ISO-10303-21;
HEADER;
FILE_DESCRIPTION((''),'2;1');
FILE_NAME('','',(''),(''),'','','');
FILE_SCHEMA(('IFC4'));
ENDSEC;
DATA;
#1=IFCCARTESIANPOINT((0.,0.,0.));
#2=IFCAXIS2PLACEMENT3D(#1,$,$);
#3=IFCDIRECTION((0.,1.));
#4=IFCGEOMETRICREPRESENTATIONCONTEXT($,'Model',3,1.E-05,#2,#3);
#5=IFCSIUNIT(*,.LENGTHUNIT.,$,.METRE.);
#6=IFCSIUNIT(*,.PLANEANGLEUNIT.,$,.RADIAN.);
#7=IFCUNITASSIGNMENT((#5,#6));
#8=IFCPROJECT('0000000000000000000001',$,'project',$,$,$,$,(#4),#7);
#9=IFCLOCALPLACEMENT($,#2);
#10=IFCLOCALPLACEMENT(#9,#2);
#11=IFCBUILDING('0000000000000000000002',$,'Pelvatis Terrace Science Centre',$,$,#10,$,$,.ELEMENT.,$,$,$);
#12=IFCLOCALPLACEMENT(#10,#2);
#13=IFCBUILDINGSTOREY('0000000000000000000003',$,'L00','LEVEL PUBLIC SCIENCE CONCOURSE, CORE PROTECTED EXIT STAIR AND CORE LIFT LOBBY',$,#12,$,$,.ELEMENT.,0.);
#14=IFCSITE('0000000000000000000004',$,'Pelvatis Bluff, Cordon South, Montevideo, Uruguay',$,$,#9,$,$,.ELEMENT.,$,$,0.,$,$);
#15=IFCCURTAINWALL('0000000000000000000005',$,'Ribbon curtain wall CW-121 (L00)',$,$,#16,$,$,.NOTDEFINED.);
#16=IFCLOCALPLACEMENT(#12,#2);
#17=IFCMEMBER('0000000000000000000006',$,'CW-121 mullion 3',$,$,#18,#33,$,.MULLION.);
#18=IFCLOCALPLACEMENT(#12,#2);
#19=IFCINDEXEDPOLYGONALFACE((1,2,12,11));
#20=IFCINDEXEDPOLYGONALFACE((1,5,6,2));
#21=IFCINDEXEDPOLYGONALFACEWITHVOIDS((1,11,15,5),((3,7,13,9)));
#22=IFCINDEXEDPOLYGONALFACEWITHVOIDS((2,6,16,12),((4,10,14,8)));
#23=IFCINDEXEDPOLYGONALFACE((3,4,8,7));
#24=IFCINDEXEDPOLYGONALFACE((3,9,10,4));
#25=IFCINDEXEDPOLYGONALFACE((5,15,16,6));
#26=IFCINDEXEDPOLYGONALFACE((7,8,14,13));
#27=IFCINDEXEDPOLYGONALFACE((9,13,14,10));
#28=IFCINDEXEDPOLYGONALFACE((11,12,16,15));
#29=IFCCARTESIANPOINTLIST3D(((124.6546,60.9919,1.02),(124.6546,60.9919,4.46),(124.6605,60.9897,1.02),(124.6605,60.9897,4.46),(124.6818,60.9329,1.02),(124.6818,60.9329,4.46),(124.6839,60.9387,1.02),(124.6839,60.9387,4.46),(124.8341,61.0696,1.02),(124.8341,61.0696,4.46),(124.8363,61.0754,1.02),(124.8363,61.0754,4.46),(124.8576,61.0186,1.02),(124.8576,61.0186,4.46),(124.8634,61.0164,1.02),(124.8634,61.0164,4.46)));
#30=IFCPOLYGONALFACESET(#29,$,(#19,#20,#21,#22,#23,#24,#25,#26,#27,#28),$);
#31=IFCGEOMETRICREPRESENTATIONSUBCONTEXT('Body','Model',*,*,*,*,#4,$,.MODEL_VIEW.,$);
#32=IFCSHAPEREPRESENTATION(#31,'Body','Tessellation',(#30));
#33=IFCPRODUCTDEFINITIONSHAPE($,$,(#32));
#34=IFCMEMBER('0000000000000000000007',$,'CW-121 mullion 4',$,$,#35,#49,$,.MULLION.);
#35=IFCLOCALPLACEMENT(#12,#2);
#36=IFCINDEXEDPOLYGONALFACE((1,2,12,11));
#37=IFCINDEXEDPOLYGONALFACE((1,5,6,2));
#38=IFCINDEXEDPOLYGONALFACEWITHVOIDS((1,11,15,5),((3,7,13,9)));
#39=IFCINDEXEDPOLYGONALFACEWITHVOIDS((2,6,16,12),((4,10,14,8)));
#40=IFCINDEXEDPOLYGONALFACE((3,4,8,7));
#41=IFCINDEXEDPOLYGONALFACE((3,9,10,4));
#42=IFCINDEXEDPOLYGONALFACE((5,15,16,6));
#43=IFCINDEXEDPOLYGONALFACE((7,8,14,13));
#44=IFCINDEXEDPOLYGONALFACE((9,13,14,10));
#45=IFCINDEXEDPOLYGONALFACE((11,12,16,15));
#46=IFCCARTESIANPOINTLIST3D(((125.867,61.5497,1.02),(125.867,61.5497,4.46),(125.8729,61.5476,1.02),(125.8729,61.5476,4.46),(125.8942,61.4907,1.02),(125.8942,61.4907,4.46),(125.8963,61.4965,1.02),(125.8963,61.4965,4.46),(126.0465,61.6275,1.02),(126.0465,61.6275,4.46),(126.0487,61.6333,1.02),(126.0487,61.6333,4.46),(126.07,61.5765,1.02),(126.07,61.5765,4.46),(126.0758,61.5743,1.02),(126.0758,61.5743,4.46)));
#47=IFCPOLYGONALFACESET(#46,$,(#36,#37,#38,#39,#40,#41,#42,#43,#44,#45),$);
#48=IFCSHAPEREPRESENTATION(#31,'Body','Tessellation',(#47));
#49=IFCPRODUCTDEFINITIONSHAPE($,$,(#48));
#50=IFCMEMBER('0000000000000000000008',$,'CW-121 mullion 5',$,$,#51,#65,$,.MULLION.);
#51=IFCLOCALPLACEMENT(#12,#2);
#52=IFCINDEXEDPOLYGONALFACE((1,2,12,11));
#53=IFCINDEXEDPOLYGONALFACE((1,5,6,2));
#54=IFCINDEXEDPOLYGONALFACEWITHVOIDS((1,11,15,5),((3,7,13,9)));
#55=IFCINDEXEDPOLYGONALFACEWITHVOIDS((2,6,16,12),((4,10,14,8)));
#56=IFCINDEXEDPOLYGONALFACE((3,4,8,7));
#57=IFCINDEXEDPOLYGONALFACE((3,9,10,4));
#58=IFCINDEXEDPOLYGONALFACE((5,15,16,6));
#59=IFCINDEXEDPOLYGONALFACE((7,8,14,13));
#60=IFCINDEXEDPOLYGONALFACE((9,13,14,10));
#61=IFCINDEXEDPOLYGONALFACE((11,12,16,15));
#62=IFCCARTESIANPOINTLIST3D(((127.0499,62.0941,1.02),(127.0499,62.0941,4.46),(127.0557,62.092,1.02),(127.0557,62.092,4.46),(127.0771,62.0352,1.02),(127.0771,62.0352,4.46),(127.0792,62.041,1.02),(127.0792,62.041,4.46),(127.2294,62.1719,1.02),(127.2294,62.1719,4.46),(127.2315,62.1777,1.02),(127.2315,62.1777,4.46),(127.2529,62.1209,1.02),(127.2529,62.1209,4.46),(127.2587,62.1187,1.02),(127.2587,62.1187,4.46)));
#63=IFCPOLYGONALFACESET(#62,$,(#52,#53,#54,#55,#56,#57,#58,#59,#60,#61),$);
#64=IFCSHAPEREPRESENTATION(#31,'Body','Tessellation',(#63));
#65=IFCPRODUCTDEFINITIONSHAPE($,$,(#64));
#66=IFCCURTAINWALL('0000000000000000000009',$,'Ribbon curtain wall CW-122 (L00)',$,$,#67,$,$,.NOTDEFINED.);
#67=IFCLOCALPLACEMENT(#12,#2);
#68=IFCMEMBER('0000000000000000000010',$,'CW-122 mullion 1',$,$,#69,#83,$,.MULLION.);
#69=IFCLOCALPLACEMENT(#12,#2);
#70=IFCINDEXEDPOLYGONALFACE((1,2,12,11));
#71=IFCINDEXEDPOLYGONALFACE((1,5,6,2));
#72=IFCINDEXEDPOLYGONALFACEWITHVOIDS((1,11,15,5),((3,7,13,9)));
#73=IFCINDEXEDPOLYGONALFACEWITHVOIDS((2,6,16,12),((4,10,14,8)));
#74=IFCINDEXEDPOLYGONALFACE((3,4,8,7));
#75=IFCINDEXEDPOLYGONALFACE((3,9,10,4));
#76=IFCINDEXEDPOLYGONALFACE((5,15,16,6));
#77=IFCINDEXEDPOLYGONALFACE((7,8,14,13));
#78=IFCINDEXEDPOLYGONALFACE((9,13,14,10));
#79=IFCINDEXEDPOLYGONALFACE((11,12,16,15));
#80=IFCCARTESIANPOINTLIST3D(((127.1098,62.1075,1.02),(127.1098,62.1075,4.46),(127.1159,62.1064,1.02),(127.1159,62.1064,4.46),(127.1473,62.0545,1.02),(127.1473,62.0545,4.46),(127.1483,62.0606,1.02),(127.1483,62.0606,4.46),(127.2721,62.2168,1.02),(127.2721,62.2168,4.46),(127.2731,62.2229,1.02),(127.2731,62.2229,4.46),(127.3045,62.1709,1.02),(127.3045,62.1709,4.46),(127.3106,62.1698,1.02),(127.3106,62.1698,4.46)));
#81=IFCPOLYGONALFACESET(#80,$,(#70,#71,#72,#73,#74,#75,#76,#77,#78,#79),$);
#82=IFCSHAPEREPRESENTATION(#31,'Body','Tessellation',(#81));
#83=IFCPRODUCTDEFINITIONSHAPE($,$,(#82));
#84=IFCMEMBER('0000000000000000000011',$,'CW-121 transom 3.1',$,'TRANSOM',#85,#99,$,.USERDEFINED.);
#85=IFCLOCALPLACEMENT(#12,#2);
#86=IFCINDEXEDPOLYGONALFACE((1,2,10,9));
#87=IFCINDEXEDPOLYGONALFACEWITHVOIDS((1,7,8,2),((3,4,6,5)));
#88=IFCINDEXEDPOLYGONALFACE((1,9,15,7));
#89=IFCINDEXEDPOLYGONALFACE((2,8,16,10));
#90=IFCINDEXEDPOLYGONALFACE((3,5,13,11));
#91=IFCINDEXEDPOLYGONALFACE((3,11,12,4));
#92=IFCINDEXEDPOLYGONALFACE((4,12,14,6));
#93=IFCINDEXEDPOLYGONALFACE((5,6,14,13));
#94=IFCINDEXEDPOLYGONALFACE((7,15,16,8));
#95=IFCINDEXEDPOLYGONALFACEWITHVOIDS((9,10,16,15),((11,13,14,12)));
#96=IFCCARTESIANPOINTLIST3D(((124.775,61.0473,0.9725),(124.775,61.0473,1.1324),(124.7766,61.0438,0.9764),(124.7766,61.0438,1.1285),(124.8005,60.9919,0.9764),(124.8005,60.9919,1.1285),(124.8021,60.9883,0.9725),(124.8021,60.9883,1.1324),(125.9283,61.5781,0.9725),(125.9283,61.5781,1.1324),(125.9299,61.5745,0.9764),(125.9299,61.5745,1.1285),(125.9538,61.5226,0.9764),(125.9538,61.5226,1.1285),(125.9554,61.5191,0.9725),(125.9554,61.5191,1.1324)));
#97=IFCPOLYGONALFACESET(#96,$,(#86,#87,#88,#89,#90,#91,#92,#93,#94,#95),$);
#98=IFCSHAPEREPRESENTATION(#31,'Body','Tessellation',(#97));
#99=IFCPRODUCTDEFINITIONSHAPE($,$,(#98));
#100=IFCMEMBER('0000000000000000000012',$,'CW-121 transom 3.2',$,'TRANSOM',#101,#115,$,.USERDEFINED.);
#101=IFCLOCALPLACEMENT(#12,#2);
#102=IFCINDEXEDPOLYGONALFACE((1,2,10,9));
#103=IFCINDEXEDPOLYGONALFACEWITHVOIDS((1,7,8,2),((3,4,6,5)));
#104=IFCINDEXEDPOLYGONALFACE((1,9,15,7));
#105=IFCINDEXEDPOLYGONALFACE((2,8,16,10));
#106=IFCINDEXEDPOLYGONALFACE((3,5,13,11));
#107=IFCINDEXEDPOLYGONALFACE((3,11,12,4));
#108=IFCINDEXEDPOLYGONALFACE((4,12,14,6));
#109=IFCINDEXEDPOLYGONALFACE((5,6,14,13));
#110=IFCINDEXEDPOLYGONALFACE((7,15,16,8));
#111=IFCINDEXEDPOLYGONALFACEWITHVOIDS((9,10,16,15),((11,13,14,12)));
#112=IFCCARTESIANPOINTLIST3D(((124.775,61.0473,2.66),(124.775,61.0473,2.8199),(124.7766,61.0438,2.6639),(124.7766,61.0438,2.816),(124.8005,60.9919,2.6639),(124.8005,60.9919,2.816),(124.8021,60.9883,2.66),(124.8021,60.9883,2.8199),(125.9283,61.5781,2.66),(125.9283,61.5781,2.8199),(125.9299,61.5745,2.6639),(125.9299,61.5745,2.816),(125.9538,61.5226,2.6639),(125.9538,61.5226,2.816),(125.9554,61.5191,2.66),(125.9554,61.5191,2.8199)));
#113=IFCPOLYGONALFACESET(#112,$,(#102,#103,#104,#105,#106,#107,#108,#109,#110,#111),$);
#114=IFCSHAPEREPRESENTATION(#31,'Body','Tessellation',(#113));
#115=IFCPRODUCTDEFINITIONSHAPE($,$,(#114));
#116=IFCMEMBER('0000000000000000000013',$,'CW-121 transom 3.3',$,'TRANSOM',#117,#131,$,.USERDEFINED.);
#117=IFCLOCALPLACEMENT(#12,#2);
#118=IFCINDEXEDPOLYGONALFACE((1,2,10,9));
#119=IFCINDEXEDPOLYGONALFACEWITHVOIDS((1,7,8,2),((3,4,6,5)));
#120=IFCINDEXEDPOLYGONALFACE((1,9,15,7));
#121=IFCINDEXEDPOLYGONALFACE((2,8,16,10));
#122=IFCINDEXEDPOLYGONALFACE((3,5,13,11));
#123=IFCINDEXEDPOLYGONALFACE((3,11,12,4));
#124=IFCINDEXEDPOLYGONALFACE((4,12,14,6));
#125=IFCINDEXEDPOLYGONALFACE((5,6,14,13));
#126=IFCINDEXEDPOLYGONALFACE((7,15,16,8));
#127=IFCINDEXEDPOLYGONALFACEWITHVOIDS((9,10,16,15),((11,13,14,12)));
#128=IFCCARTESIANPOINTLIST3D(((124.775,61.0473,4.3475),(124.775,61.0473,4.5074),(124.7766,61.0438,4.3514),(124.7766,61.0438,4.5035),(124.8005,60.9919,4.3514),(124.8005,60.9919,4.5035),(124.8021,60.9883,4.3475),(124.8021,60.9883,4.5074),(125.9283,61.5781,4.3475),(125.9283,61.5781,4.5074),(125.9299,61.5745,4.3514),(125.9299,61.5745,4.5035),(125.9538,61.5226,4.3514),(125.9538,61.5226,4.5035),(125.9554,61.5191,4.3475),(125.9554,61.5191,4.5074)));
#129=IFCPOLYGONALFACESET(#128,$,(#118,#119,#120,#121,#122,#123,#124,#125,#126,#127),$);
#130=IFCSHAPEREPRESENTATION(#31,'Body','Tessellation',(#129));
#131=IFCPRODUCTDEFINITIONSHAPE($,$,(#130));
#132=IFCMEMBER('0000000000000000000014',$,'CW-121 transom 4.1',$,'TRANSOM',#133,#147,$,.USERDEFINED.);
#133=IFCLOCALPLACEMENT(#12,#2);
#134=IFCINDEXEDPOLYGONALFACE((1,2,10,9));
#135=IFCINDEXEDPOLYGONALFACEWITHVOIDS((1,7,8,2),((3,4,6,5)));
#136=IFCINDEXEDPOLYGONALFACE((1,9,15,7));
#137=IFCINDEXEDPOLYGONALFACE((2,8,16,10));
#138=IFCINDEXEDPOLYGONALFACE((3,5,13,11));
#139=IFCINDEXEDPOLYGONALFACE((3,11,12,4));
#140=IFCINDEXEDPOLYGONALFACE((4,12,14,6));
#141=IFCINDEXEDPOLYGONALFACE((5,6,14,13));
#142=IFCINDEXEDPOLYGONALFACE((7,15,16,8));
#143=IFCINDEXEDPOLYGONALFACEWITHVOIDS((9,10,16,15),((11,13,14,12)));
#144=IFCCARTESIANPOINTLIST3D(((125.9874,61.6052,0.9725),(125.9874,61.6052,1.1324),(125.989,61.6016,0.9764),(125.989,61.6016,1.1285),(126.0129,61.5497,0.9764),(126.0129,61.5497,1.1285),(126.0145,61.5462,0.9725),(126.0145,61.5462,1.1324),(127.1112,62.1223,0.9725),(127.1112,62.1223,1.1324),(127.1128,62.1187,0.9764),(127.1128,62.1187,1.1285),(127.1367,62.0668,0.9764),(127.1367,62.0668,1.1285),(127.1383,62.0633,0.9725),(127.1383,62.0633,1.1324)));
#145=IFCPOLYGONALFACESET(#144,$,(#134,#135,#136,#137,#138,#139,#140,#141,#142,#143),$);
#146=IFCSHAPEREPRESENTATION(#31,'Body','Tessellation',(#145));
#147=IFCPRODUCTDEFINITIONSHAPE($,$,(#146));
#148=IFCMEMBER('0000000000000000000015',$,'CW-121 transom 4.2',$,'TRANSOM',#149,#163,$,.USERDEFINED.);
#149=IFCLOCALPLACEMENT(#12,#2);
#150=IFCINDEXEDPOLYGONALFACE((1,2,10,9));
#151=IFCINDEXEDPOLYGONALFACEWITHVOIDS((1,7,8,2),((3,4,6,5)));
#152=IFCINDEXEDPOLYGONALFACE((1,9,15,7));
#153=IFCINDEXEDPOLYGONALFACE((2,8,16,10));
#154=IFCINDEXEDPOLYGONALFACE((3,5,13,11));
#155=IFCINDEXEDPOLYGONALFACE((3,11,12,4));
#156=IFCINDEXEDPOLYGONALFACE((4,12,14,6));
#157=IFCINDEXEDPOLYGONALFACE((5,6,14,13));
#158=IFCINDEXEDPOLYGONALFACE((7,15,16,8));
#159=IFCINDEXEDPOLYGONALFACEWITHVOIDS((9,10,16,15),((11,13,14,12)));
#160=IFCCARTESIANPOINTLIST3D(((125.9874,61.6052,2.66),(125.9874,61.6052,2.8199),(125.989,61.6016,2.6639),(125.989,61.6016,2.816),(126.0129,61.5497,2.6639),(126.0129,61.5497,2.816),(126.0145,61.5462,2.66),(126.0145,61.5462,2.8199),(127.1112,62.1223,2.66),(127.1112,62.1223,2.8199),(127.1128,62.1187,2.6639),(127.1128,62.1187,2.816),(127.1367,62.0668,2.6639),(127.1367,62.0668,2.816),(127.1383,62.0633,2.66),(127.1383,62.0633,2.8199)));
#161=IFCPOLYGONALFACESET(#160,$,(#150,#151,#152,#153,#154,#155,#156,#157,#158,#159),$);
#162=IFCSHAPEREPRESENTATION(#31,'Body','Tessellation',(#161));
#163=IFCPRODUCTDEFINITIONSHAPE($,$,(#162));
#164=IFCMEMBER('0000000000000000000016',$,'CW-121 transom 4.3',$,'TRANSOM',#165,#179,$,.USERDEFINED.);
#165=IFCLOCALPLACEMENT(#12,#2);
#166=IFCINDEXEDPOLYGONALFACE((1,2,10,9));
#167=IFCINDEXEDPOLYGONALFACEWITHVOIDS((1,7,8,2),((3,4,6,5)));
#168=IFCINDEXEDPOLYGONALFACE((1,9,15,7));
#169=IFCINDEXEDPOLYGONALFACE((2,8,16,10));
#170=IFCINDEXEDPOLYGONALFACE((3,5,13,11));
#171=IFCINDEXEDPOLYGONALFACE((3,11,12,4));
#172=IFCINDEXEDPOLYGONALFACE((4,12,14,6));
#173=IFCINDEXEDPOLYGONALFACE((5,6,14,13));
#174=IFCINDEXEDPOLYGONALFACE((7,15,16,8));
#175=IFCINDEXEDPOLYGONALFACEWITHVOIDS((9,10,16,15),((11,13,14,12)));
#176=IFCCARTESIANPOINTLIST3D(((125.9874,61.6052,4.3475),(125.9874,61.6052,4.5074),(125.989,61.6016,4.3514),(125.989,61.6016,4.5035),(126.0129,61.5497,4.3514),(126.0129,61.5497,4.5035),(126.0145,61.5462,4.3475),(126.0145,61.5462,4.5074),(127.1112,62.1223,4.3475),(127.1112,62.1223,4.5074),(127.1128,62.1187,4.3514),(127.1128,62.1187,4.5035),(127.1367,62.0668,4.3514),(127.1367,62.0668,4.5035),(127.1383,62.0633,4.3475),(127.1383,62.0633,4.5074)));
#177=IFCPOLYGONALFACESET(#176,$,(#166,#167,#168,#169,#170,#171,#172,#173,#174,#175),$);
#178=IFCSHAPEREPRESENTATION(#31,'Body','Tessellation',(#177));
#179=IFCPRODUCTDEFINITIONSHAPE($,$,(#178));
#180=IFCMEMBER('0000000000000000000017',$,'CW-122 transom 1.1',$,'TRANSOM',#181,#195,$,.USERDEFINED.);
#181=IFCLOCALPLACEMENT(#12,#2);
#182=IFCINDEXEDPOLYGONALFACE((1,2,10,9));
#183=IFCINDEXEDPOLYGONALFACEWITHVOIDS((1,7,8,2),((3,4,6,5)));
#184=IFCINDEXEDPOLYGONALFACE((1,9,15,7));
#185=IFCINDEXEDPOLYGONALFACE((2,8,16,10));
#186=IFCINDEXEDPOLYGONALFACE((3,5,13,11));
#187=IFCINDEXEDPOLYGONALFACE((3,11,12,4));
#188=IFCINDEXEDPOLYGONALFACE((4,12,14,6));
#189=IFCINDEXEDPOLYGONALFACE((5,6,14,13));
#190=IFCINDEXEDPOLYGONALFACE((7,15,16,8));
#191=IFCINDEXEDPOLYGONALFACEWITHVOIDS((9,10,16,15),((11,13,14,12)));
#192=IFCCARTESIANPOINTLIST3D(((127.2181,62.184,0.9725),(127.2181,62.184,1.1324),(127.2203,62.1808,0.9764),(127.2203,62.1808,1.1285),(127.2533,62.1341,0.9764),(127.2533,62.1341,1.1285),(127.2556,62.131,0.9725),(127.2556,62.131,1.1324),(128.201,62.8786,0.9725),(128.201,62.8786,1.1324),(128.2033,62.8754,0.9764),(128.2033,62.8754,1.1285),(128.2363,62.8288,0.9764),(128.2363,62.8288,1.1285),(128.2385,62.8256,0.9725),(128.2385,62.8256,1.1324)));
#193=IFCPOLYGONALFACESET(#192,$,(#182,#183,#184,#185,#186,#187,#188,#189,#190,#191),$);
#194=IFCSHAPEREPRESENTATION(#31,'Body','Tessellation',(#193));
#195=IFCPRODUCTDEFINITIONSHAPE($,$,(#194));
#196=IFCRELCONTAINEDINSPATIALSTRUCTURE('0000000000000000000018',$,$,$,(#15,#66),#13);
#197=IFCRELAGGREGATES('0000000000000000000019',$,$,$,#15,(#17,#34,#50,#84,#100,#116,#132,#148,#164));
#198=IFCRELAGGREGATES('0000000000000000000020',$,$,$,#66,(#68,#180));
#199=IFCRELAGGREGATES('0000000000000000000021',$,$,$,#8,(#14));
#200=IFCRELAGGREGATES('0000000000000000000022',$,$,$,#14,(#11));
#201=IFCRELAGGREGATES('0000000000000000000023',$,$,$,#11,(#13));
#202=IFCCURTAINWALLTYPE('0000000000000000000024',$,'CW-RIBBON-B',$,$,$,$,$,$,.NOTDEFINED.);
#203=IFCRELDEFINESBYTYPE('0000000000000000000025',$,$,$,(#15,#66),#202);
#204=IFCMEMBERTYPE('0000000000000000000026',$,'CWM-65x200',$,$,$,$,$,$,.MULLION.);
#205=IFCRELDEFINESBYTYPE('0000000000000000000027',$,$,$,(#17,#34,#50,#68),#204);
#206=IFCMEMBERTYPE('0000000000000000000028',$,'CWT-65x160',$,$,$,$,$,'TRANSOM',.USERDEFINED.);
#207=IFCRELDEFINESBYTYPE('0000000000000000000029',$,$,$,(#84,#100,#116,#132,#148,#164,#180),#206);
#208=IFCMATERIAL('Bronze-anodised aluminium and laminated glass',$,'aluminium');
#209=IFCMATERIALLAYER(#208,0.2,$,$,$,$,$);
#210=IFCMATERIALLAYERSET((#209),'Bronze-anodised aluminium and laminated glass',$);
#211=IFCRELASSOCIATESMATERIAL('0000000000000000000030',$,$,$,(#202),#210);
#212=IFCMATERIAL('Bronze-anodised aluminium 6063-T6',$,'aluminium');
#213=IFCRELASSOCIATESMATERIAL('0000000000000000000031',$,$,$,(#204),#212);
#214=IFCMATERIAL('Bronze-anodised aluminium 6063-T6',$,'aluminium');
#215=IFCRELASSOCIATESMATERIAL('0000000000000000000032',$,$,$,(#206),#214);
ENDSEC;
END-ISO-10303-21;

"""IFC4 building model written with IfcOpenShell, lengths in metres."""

from ifc_helpers import new_model, si_unit, direction, frame, origin, origin_2d, place, context, subcontext, project, spatial, hollow_rectangle, extrude, material, layer, layer_set, material_profile, profile_set, type_object, element, aggregate, save


model = new_model("IFC4")

# Units and contexts
model_context = context("Model", 3, precision=1e-05, world=origin(), true_north=direction((0.0, 1.0)))
body_context = subcontext(model_context, "Body", "Model", "MODEL_VIEW")
ifc_project = project(units=[si_unit("LENGTHUNIT", "METRE"), si_unit("PLANEANGLEUNIT", "RADIAN")], contexts=[model_context])

# Site, building, storey
site_placement = place(None, origin())
site = spatial("IfcSite", under=ifc_project, at=site_placement, Name="Pelvatis Bluff, Cordon South, Montevideo, Uruguay", CompositionType="ELEMENT", RefElevation=0.0)
building_placement = place(site_placement, origin())
building = spatial("IfcBuilding", under=site, at=building_placement, Name="Pelvatis Terrace Science Centre", CompositionType="ELEMENT")
storey_placement = place(building_placement, origin())
storey = spatial("IfcBuildingStorey", under=building, at=storey_placement, Name="L00", Description="LEVEL PUBLIC SCIENCE CONCOURSE, CORE PROTECTED EXIT STAIR AND CORE LIFT LOBBY", CompositionType="ELEMENT", Elevation=0.0)

# Curtain wall, members
ifc_material_1 = material(Name="Bronze-anodised aluminium and laminated glass", Category="aluminium")
ifc_layer_1 = layer(ifc_material_1, 0.2)
ifc_layer_set_1 = layer_set([ifc_layer_1], Name="Bronze-anodised aluminium and laminated glass")
curtain_wall_type = type_object("IfcCurtainWallType", Name="CW-RIBBON-B", PredefinedType="NOTDEFINED", material=ifc_layer_set_1)
curtain_wall_1_placement = place(storey_placement, origin())
curtain_wall_1 = element("IfcCurtainWall", 1, at=curtain_wall_1_placement, inside=storey, type_object=curtain_wall_type, Name="Ribbon curtain wall CW-121 (L00)", PredefinedType="NOTDEFINED")
ifc_material_2 = material(Name="Bronze-anodised aluminium 6063-T6", Category="aluminium")
ifc_material_profile_1 = material_profile(ifc_material_2, hollow_rectangle(XDim=0.0649, YDim=0.2, WallThickness=0.0044, at=origin_2d()), Name="ALU-MUL 65x200")
ifc_profile_set_1 = profile_set([ifc_material_profile_1], Name="Bronze-anodised aluminium 6063-T6")
member_type_1 = type_object("IfcMemberType", Name="CWM-65x200", PredefinedType="MULLION", material=ifc_profile_set_1)
member_1_placement = place(storey_placement, frame((124.759, 61.0042, 1.02), z_axis=(0.0, 0.0, 1.0), x_axis=(-0.418057, 0.908421, 0.0)))
member_1 = element("IfcMember", 2, at=member_1_placement, type_object=member_type_1, Name="CW-121 mullion 3", PredefinedType="MULLION", context=body_context, shape_type="SweptSolid", body=[
    extrude(hollow_rectangle(XDim=0.0649, YDim=0.2, WallThickness=0.0044, at=origin_2d()), origin(), (0.0, 0.0, 1.0), 3.4399),
])
member_2_placement = place(storey_placement, frame((125.9714, 61.562, 1.02), z_axis=(0.0, 0.0, 1.0), x_axis=(-0.418057, 0.908421, 0.0)))
member_2 = element("IfcMember", 3, at=member_2_placement, type_object=member_type_1, Name="CW-121 mullion 4", PredefinedType="MULLION", context=body_context, shape_type="SweptSolid", body=[
    extrude(hollow_rectangle(XDim=0.0649, YDim=0.2, WallThickness=0.0044, at=origin_2d()), origin(), (0.0, 0.0, 1.0), 3.4399),
])
member_3_placement = place(storey_placement, frame((127.1543, 62.1064, 1.02), z_axis=(0.0, 0.0, 1.0), x_axis=(-0.418057, 0.908421, 0.0)))
member_3 = element("IfcMember", 4, at=member_3_placement, type_object=member_type_1, Name="CW-121 mullion 5", PredefinedType="MULLION", context=body_context, shape_type="SweptSolid", body=[
    extrude(hollow_rectangle(XDim=0.0649, YDim=0.2, WallThickness=0.0044, at=origin_2d()), origin(), (0.0, 0.0, 1.0), 3.4399),
])

# Curtain wall, member
curtain_wall_2_placement = place(storey_placement, origin())
curtain_wall_2 = element("IfcCurtainWall", 5, at=curtain_wall_2_placement, inside=storey, type_object=curtain_wall_type, Name="Ribbon curtain wall CW-122 (L00)", PredefinedType="NOTDEFINED")
member_4_placement = place(storey_placement, frame((127.2102, 62.1387, 1.02), z_axis=(0.0, 0.0, 1.0), x_axis=(-0.577065, 0.816698, 0.0)))
member_4 = element("IfcMember", 6, at=member_4_placement, type_object=member_type_1, Name="CW-122 mullion 1", PredefinedType="MULLION", context=body_context, shape_type="SweptSolid", body=[
    extrude(hollow_rectangle(XDim=0.0649, YDim=0.2, WallThickness=0.0044, at=origin_2d()), origin(), (0.0, 0.0, 1.0), 3.4399),
])

# Members
ifc_material_3 = material(Name="Bronze-anodised aluminium 6063-T6", Category="aluminium")
ifc_material_profile_2 = material_profile(ifc_material_3, hollow_rectangle(XDim=0.0649, YDim=0.1599, WallThickness=0.0039, at=origin_2d()), Name="ALU-TRN 65x160")
ifc_profile_set_2 = profile_set([ifc_material_profile_2], Name="Bronze-anodised aluminium 6063-T6")
member_type_2 = type_object("IfcMemberType", Name="CWT-65x160", ElementType="TRANSOM", PredefinedType="USERDEFINED", material=ifc_profile_set_2)
member_5_placement = place(storey_placement, frame((124.7886, 61.0178, 1.0525), z_axis=(0.90842, 0.418058, 0.0), x_axis=(-0.418058, 0.90842, 0.0)))
member_5 = element("IfcMember", 7, at=member_5_placement, type_object=member_type_2, Name="CW-121 transom 3.1", ObjectType="TRANSOM", PredefinedType="USERDEFINED", context=body_context, shape_type="SweptSolid", body=[
    extrude(hollow_rectangle(XDim=0.0649, YDim=0.1599, WallThickness=0.0039, at=origin_2d()), origin(), (0.0, 0.0, 1.0), 1.2695),
])
member_6_placement = place(storey_placement, frame((124.7886, 61.0178, 2.74), z_axis=(0.90842, 0.418058, 0.0), x_axis=(-0.418058, 0.90842, 0.0)))
member_6 = element("IfcMember", 8, at=member_6_placement, type_object=member_type_2, Name="CW-121 transom 3.2", ObjectType="TRANSOM", PredefinedType="USERDEFINED", context=body_context, shape_type="SweptSolid", body=[
    extrude(hollow_rectangle(XDim=0.0649, YDim=0.1599, WallThickness=0.0039, at=origin_2d()), origin(), (0.0, 0.0, 1.0), 1.2695),
])
member_7_placement = place(storey_placement, frame((124.7886, 61.0178, 4.4275), z_axis=(0.90842, 0.418058, 0.0), x_axis=(-0.418058, 0.90842, 0.0)))
member_7 = element("IfcMember", 9, at=member_7_placement, type_object=member_type_2, Name="CW-121 transom 3.3", ObjectType="TRANSOM", PredefinedType="USERDEFINED", context=body_context, shape_type="SweptSolid", body=[
    extrude(hollow_rectangle(XDim=0.0649, YDim=0.1599, WallThickness=0.0039, at=origin_2d()), origin(), (0.0, 0.0, 1.0), 1.2695),
])
member_8_placement = place(storey_placement, frame((126.001, 61.5757, 1.0525), z_axis=(0.908444, 0.418007, 0.0), x_axis=(-0.418007, 0.908444, 0.0)))
member_8 = element("IfcMember", 10, at=member_8_placement, type_object=member_type_2, Name="CW-121 transom 4.1", ObjectType="TRANSOM", PredefinedType="USERDEFINED", context=body_context, shape_type="SweptSolid", body=[
    extrude(hollow_rectangle(XDim=0.0649, YDim=0.1599, WallThickness=0.0039, at=origin_2d()), origin(), (0.0, 0.0, 1.0), 1.2371),
])
member_9_placement = place(storey_placement, frame((126.001, 61.5757, 2.74), z_axis=(0.908444, 0.418007, 0.0), x_axis=(-0.418007, 0.908444, 0.0)))
member_9 = element("IfcMember", 11, at=member_9_placement, type_object=member_type_2, Name="CW-121 transom 4.2", ObjectType="TRANSOM", PredefinedType="USERDEFINED", context=body_context, shape_type="SweptSolid", body=[
    extrude(hollow_rectangle(XDim=0.0649, YDim=0.1599, WallThickness=0.0039, at=origin_2d()), origin(), (0.0, 0.0, 1.0), 1.2371),
])
member_10_placement = place(storey_placement, frame((126.001, 61.5757, 4.4275), z_axis=(0.908444, 0.418007, 0.0), x_axis=(-0.418007, 0.908444, 0.0)))
member_10 = element("IfcMember", 12, at=member_10_placement, type_object=member_type_2, Name="CW-121 transom 4.3", ObjectType="TRANSOM", PredefinedType="USERDEFINED", context=body_context, shape_type="SweptSolid", body=[
    extrude(hollow_rectangle(XDim=0.0649, YDim=0.1599, WallThickness=0.0039, at=origin_2d()), origin(), (0.0, 0.0, 1.0), 1.2371),
])
member_11_placement = place(storey_placement, frame((127.2368, 62.1575, 1.0525), z_axis=(0.81667, 0.577105, 0.0), x_axis=(-0.577105, 0.81667, 0.0)))
member_11 = element("IfcMember", 13, at=member_11_placement, type_object=member_type_2, Name="CW-122 transom 1.1", ObjectType="TRANSOM", PredefinedType="USERDEFINED", context=body_context, shape_type="SweptSolid", body=[
    extrude(hollow_rectangle(XDim=0.0649, YDim=0.1599, WallThickness=0.0039, at=origin_2d()), origin(), (0.0, 0.0, 1.0), 1.2036),
])

aggregate(curtain_wall_1, [member_1, member_2, member_3, member_5, member_6, member_7, member_8, member_9, member_10])
aggregate(curtain_wall_2, [member_4, member_11])

save(model, "model.ifc")
